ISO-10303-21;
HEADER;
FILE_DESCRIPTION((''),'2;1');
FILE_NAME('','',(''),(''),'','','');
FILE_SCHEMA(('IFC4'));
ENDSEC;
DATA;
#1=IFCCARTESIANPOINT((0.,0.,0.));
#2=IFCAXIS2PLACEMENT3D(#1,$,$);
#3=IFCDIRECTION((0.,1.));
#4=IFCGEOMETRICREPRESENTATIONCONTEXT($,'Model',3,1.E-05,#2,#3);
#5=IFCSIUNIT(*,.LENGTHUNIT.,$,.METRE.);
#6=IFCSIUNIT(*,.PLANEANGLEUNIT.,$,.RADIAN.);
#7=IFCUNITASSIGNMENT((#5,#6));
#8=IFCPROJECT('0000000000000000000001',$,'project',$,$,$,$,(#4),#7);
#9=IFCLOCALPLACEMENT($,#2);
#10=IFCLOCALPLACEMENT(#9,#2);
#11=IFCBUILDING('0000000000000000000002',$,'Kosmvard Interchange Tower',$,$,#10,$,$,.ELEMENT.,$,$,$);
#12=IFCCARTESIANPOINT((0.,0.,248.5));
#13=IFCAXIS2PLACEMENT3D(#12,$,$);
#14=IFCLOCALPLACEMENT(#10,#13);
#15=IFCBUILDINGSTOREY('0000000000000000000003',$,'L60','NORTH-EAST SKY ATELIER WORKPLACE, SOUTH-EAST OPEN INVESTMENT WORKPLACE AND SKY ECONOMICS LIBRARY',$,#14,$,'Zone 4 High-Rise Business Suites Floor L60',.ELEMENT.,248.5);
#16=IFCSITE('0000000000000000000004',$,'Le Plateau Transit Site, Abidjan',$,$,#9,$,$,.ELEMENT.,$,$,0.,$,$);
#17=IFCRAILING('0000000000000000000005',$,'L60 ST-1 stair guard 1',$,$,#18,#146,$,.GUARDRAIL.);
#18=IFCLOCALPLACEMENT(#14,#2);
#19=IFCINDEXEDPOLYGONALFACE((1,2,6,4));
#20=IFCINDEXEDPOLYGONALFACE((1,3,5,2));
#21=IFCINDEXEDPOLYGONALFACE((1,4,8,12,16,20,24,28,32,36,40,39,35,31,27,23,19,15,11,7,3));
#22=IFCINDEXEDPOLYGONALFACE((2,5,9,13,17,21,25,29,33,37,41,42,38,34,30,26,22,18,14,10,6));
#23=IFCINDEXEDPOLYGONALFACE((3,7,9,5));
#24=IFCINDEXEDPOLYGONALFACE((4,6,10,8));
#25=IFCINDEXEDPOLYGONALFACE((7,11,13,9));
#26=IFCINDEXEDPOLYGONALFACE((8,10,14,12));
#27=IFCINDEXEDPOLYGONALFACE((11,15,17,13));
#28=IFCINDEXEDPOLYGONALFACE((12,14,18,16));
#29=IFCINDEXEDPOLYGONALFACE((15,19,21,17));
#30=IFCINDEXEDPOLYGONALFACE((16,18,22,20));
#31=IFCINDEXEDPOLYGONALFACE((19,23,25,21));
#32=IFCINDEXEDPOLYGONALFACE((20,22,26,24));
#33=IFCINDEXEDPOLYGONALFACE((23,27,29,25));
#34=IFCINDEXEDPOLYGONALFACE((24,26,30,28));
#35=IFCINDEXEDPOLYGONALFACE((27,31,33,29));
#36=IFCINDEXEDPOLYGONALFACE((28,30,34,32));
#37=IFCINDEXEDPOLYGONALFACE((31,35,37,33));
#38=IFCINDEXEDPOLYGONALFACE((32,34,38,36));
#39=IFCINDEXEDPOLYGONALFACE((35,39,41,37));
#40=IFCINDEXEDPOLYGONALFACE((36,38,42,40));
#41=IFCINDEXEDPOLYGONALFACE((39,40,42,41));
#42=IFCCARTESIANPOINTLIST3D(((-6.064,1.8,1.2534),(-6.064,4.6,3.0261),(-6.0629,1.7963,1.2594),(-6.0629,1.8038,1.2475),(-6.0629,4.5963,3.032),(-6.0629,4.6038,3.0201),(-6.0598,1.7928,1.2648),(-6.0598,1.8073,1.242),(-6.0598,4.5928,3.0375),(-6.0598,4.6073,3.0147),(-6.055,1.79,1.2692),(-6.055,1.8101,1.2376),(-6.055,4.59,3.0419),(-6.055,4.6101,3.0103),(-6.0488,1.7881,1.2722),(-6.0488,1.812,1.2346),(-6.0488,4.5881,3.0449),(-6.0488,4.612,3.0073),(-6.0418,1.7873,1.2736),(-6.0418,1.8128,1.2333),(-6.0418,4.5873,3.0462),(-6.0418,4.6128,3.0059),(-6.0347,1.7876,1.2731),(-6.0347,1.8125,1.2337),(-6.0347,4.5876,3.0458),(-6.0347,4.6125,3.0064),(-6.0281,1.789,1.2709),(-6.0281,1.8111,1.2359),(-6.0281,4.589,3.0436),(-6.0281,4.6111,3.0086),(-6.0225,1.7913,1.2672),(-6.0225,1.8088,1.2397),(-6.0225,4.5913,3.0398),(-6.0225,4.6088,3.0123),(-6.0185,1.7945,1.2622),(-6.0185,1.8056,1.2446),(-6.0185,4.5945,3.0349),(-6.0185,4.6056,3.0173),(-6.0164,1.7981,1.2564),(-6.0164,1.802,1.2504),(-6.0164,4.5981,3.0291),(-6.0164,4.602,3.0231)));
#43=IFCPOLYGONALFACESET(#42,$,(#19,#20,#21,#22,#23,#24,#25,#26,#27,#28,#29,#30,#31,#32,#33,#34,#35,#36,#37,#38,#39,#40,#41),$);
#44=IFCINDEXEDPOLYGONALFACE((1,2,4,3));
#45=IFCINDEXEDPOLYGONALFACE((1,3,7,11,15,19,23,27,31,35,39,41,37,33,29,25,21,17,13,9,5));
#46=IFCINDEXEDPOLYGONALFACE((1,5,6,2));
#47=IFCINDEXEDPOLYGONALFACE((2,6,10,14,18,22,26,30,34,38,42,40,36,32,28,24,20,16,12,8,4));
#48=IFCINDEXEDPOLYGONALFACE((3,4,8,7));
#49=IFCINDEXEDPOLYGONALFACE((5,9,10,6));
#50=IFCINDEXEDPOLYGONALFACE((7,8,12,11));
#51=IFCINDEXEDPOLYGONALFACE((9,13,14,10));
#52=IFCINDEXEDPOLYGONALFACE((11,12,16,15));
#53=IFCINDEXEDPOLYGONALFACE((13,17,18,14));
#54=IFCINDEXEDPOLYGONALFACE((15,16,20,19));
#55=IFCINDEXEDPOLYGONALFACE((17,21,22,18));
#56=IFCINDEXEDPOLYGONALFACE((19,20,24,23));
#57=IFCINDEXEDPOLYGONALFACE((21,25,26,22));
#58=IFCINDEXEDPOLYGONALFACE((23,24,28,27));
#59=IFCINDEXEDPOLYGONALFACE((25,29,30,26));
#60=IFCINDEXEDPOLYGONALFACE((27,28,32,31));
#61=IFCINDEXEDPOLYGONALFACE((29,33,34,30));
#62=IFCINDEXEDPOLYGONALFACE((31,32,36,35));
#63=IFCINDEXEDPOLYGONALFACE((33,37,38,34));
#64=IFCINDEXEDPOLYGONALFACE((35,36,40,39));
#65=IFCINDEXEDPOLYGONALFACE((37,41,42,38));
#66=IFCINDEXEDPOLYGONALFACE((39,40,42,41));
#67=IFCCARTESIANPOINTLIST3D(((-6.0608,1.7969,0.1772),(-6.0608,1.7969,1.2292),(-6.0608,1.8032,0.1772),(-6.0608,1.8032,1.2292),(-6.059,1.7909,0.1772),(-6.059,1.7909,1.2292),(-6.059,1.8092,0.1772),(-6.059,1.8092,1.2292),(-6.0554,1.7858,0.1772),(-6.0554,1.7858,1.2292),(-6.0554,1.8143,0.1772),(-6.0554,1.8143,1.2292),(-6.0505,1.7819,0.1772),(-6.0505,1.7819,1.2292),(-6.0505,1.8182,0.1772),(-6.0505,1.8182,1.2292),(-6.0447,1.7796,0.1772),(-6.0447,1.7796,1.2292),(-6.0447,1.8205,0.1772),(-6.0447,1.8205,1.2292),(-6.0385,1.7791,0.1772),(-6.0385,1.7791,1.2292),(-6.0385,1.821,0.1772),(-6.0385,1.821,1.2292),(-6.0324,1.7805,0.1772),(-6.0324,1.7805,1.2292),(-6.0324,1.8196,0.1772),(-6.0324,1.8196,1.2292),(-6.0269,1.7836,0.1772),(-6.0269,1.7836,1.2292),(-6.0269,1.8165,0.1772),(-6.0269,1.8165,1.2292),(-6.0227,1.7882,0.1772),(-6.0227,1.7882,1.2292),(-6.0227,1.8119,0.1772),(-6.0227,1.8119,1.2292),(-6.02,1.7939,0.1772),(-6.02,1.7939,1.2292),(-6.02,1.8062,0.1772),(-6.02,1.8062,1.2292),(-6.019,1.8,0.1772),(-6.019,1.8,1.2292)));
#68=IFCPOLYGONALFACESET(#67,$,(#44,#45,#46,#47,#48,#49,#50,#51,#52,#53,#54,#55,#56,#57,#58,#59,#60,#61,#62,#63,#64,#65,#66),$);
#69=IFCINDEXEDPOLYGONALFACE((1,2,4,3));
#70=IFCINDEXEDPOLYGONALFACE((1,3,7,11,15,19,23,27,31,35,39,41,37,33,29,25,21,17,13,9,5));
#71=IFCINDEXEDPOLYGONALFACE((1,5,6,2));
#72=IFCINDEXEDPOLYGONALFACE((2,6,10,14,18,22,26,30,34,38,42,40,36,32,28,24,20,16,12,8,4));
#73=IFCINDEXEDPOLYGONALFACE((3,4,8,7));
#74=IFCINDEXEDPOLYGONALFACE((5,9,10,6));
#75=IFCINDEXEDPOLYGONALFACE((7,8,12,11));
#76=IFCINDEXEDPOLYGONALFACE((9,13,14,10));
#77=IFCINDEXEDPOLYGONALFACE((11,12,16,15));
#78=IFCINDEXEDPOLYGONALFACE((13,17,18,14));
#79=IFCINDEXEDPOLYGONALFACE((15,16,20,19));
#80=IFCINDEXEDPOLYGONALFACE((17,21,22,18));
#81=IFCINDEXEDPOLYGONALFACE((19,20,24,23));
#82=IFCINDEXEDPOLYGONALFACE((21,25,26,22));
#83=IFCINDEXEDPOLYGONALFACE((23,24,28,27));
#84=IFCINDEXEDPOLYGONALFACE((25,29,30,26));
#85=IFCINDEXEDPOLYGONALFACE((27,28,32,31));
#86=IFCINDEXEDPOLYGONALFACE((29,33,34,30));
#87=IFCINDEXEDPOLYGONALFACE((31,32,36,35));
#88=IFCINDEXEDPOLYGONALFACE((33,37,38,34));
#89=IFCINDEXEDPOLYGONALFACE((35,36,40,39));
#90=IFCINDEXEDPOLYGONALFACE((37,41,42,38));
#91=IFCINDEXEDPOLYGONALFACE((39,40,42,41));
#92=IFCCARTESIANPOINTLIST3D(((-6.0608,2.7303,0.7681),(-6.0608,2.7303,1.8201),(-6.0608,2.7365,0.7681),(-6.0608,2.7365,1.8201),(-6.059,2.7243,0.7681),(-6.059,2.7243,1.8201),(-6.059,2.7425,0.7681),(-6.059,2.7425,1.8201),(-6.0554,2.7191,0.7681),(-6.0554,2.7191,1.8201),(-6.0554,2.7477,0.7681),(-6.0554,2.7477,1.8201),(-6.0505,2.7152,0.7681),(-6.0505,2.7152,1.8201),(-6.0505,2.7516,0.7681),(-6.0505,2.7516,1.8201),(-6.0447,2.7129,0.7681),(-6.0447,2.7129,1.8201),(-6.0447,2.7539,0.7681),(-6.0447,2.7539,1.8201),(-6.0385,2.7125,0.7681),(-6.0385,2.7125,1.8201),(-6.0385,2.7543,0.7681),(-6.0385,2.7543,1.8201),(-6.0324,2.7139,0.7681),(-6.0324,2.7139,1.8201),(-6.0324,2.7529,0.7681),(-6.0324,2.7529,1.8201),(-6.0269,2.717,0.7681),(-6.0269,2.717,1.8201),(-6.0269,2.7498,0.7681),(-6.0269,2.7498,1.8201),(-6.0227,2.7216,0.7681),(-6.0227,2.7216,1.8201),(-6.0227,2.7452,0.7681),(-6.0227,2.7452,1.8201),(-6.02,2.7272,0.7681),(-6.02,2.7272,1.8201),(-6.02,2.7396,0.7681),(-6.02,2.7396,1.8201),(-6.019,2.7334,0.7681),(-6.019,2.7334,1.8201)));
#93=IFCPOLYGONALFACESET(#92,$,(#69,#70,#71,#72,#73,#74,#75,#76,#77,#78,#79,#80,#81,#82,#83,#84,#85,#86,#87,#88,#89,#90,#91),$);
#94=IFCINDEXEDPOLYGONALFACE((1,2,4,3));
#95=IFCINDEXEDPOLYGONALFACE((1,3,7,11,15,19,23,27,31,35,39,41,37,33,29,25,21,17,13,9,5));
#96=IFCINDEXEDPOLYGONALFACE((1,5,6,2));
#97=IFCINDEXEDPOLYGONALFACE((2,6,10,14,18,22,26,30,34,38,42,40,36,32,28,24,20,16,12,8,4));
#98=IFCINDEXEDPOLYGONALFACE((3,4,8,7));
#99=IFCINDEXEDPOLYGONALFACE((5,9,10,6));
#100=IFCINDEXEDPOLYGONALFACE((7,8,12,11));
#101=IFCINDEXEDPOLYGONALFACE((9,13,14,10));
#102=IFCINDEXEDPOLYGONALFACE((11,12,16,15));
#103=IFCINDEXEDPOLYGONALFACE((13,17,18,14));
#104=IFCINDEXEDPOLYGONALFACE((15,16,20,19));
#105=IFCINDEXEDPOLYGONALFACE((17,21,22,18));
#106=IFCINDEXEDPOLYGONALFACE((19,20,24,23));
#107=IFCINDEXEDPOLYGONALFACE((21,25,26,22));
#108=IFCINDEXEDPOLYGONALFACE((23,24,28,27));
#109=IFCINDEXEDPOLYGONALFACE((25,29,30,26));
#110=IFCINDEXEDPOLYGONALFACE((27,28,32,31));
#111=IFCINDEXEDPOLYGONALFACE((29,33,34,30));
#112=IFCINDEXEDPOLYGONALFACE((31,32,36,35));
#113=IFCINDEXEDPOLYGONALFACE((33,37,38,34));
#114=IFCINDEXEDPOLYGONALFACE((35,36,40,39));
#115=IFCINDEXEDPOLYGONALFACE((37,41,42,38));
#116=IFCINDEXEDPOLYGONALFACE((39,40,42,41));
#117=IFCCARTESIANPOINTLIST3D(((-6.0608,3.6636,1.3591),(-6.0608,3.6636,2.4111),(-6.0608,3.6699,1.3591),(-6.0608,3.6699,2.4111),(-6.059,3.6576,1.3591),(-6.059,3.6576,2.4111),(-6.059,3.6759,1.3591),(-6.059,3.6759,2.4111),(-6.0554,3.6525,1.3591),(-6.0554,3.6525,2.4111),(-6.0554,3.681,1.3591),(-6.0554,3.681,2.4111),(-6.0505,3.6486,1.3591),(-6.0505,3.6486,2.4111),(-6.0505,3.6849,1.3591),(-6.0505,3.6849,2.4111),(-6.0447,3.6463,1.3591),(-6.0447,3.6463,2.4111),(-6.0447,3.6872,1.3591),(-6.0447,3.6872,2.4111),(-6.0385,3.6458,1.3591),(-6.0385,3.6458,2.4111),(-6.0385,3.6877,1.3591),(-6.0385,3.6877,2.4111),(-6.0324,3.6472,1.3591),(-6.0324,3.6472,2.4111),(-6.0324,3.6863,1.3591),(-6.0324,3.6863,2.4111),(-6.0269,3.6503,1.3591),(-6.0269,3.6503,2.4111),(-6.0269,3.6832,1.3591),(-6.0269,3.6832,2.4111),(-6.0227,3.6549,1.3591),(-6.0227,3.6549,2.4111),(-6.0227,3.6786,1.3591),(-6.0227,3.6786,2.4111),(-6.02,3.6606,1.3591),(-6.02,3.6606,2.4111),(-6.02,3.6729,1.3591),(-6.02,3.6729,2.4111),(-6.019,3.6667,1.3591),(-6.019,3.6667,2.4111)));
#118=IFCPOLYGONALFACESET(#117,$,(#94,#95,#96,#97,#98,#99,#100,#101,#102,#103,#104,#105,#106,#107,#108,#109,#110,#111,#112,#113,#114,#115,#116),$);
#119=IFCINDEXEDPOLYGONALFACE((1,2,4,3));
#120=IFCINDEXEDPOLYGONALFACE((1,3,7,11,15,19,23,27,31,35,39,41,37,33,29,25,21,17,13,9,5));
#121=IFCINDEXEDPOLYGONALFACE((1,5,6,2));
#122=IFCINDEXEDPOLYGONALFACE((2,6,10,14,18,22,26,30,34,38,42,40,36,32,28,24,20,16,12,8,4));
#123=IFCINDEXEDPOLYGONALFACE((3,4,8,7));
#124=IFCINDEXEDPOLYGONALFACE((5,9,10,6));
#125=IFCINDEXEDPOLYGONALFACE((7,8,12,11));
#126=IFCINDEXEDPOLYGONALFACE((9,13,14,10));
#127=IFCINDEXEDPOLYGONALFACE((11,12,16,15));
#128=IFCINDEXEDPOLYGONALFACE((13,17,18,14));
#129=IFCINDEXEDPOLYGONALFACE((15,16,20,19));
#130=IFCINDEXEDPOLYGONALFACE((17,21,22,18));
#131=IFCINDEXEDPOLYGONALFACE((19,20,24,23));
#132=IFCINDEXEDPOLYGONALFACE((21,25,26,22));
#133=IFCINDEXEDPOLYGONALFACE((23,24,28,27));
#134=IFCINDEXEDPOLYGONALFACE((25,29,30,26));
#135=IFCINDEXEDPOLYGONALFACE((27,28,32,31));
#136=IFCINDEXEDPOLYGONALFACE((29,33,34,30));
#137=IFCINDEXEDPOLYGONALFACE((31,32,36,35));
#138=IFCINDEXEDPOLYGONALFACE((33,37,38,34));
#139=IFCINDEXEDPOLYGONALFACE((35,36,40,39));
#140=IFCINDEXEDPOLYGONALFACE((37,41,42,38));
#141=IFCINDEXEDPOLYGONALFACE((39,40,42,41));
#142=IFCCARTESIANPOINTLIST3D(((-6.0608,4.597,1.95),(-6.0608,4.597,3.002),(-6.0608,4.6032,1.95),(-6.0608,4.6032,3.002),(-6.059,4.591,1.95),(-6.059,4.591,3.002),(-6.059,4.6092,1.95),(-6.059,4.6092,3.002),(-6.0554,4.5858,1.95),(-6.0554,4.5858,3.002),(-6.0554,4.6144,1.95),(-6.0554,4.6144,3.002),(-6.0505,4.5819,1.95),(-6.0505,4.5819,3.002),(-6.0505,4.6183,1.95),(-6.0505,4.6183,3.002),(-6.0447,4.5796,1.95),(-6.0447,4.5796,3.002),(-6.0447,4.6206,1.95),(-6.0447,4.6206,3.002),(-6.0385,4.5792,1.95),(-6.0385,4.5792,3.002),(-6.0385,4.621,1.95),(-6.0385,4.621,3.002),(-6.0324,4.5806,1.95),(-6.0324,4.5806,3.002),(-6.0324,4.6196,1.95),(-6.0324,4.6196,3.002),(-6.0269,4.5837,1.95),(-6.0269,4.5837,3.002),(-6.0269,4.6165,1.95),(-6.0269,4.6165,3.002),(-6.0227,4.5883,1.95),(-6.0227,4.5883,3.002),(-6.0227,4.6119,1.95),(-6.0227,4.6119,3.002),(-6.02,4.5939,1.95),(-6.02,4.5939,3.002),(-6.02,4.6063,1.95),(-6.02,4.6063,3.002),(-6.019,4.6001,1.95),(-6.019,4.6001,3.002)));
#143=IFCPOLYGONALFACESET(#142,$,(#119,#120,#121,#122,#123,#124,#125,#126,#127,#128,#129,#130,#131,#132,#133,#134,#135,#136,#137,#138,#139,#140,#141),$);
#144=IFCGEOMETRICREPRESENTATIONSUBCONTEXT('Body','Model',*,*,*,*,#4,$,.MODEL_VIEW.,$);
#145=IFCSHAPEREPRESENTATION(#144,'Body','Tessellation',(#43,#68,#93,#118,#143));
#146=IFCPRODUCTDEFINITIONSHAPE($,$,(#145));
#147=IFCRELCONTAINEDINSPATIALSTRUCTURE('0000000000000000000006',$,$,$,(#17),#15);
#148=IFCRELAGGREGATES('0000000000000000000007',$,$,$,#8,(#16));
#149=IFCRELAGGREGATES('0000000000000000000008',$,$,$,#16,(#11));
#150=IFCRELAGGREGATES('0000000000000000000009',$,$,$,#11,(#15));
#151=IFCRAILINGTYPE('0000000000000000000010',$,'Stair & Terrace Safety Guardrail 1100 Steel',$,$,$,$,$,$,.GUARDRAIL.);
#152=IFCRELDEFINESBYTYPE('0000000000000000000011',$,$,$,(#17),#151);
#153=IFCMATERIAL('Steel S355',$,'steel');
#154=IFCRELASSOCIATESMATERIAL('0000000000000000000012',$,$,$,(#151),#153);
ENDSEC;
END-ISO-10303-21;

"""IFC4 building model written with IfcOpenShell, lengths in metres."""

from ifc_helpers import new_model, si_unit, direction, frame, origin, origin_2d, place, context, subcontext, project, spatial, circle, extrude, source, transform, mapped, material, type_object, element, save


model = new_model("IFC4")

# Units and contexts
model_context = context("Model", 3, precision=1e-05, world=origin(), true_north=direction((0.0, 1.0)))
body_context = subcontext(model_context, "Body", "Model", "MODEL_VIEW")
ifc_project = project(units=[si_unit("LENGTHUNIT", "METRE"), si_unit("PLANEANGLEUNIT", "RADIAN")], contexts=[model_context])

# Site, building, storey
site_placement = place(None, origin())
site = spatial("IfcSite", under=ifc_project, at=site_placement, Name="Le Plateau Transit Site, Abidjan", CompositionType="ELEMENT", RefElevation=0.0)
building_placement = place(site_placement, origin())
building = spatial("IfcBuilding", under=site, at=building_placement, Name="Kosmvard Interchange Tower", CompositionType="ELEMENT")
storey_placement = place(building_placement, frame((0.0, 0.0, 248.5)))
storey = spatial("IfcBuildingStorey", under=building, at=storey_placement, Name="L60", Description="NORTH-EAST SKY ATELIER WORKPLACE, SOUTH-EAST OPEN INVESTMENT WORKPLACE AND SKY ECONOMICS LIBRARY", LongName="Zone 4 High-Rise Business Suites Floor L60", CompositionType="ELEMENT", Elevation=248.5)

# Shared definitions
ifc_material_1 = material(Name="Steel S355", Category="steel")

# Railing
railing_type = type_object("IfcRailingType", Name="Stair & Terrace Safety Guardrail 1100 Steel", PredefinedType="GUARDRAIL", material=ifc_material_1)
shared_shape_1 = source(origin(), body_context, "Body", "SweptSolid", [
    extrude(circle(Radius=0.0239, at=origin_2d()), frame((0.0, 0.0, 1.0762), z_axis=(0.0, 0.844909, 0.53491), x_axis=(-1.0, 0.0, 0.0)), (0.0, 0.0, 1.0), 3.314),
    extrude(circle(Radius=0.021, at=origin_2d()), origin(), (0.0, 0.0, 1.0), 1.052),
    extrude(circle(Radius=0.021, at=origin_2d()), frame((0.0, 0.9333, 0.5908)), (0.0, 0.0, 1.0), 1.052),
    extrude(circle(Radius=0.021, at=origin_2d()), frame((0.0, 1.8667, 1.1819)), (0.0, 0.0, 1.0), 1.052),
    extrude(circle(Radius=0.021, at=origin_2d()), frame((0.0, 2.8, 1.7727)), (0.0, 0.0, 1.0), 1.052),
])
railing_1_placement = place(storey_placement, frame((-6.04, 1.8, 0.1772)))
element("IfcRailing", 1, at=railing_1_placement, inside=storey, type_object=railing_type, Name="L60 ST-1 stair guard 1", PredefinedType="GUARDRAIL", context=body_context, shape_type="MappedRepresentation", body=[
    mapped(shared_shape_1, transform((0.0, 0.0, 0.0), scale=1.0)),
])

save(model, "model.ifc")
